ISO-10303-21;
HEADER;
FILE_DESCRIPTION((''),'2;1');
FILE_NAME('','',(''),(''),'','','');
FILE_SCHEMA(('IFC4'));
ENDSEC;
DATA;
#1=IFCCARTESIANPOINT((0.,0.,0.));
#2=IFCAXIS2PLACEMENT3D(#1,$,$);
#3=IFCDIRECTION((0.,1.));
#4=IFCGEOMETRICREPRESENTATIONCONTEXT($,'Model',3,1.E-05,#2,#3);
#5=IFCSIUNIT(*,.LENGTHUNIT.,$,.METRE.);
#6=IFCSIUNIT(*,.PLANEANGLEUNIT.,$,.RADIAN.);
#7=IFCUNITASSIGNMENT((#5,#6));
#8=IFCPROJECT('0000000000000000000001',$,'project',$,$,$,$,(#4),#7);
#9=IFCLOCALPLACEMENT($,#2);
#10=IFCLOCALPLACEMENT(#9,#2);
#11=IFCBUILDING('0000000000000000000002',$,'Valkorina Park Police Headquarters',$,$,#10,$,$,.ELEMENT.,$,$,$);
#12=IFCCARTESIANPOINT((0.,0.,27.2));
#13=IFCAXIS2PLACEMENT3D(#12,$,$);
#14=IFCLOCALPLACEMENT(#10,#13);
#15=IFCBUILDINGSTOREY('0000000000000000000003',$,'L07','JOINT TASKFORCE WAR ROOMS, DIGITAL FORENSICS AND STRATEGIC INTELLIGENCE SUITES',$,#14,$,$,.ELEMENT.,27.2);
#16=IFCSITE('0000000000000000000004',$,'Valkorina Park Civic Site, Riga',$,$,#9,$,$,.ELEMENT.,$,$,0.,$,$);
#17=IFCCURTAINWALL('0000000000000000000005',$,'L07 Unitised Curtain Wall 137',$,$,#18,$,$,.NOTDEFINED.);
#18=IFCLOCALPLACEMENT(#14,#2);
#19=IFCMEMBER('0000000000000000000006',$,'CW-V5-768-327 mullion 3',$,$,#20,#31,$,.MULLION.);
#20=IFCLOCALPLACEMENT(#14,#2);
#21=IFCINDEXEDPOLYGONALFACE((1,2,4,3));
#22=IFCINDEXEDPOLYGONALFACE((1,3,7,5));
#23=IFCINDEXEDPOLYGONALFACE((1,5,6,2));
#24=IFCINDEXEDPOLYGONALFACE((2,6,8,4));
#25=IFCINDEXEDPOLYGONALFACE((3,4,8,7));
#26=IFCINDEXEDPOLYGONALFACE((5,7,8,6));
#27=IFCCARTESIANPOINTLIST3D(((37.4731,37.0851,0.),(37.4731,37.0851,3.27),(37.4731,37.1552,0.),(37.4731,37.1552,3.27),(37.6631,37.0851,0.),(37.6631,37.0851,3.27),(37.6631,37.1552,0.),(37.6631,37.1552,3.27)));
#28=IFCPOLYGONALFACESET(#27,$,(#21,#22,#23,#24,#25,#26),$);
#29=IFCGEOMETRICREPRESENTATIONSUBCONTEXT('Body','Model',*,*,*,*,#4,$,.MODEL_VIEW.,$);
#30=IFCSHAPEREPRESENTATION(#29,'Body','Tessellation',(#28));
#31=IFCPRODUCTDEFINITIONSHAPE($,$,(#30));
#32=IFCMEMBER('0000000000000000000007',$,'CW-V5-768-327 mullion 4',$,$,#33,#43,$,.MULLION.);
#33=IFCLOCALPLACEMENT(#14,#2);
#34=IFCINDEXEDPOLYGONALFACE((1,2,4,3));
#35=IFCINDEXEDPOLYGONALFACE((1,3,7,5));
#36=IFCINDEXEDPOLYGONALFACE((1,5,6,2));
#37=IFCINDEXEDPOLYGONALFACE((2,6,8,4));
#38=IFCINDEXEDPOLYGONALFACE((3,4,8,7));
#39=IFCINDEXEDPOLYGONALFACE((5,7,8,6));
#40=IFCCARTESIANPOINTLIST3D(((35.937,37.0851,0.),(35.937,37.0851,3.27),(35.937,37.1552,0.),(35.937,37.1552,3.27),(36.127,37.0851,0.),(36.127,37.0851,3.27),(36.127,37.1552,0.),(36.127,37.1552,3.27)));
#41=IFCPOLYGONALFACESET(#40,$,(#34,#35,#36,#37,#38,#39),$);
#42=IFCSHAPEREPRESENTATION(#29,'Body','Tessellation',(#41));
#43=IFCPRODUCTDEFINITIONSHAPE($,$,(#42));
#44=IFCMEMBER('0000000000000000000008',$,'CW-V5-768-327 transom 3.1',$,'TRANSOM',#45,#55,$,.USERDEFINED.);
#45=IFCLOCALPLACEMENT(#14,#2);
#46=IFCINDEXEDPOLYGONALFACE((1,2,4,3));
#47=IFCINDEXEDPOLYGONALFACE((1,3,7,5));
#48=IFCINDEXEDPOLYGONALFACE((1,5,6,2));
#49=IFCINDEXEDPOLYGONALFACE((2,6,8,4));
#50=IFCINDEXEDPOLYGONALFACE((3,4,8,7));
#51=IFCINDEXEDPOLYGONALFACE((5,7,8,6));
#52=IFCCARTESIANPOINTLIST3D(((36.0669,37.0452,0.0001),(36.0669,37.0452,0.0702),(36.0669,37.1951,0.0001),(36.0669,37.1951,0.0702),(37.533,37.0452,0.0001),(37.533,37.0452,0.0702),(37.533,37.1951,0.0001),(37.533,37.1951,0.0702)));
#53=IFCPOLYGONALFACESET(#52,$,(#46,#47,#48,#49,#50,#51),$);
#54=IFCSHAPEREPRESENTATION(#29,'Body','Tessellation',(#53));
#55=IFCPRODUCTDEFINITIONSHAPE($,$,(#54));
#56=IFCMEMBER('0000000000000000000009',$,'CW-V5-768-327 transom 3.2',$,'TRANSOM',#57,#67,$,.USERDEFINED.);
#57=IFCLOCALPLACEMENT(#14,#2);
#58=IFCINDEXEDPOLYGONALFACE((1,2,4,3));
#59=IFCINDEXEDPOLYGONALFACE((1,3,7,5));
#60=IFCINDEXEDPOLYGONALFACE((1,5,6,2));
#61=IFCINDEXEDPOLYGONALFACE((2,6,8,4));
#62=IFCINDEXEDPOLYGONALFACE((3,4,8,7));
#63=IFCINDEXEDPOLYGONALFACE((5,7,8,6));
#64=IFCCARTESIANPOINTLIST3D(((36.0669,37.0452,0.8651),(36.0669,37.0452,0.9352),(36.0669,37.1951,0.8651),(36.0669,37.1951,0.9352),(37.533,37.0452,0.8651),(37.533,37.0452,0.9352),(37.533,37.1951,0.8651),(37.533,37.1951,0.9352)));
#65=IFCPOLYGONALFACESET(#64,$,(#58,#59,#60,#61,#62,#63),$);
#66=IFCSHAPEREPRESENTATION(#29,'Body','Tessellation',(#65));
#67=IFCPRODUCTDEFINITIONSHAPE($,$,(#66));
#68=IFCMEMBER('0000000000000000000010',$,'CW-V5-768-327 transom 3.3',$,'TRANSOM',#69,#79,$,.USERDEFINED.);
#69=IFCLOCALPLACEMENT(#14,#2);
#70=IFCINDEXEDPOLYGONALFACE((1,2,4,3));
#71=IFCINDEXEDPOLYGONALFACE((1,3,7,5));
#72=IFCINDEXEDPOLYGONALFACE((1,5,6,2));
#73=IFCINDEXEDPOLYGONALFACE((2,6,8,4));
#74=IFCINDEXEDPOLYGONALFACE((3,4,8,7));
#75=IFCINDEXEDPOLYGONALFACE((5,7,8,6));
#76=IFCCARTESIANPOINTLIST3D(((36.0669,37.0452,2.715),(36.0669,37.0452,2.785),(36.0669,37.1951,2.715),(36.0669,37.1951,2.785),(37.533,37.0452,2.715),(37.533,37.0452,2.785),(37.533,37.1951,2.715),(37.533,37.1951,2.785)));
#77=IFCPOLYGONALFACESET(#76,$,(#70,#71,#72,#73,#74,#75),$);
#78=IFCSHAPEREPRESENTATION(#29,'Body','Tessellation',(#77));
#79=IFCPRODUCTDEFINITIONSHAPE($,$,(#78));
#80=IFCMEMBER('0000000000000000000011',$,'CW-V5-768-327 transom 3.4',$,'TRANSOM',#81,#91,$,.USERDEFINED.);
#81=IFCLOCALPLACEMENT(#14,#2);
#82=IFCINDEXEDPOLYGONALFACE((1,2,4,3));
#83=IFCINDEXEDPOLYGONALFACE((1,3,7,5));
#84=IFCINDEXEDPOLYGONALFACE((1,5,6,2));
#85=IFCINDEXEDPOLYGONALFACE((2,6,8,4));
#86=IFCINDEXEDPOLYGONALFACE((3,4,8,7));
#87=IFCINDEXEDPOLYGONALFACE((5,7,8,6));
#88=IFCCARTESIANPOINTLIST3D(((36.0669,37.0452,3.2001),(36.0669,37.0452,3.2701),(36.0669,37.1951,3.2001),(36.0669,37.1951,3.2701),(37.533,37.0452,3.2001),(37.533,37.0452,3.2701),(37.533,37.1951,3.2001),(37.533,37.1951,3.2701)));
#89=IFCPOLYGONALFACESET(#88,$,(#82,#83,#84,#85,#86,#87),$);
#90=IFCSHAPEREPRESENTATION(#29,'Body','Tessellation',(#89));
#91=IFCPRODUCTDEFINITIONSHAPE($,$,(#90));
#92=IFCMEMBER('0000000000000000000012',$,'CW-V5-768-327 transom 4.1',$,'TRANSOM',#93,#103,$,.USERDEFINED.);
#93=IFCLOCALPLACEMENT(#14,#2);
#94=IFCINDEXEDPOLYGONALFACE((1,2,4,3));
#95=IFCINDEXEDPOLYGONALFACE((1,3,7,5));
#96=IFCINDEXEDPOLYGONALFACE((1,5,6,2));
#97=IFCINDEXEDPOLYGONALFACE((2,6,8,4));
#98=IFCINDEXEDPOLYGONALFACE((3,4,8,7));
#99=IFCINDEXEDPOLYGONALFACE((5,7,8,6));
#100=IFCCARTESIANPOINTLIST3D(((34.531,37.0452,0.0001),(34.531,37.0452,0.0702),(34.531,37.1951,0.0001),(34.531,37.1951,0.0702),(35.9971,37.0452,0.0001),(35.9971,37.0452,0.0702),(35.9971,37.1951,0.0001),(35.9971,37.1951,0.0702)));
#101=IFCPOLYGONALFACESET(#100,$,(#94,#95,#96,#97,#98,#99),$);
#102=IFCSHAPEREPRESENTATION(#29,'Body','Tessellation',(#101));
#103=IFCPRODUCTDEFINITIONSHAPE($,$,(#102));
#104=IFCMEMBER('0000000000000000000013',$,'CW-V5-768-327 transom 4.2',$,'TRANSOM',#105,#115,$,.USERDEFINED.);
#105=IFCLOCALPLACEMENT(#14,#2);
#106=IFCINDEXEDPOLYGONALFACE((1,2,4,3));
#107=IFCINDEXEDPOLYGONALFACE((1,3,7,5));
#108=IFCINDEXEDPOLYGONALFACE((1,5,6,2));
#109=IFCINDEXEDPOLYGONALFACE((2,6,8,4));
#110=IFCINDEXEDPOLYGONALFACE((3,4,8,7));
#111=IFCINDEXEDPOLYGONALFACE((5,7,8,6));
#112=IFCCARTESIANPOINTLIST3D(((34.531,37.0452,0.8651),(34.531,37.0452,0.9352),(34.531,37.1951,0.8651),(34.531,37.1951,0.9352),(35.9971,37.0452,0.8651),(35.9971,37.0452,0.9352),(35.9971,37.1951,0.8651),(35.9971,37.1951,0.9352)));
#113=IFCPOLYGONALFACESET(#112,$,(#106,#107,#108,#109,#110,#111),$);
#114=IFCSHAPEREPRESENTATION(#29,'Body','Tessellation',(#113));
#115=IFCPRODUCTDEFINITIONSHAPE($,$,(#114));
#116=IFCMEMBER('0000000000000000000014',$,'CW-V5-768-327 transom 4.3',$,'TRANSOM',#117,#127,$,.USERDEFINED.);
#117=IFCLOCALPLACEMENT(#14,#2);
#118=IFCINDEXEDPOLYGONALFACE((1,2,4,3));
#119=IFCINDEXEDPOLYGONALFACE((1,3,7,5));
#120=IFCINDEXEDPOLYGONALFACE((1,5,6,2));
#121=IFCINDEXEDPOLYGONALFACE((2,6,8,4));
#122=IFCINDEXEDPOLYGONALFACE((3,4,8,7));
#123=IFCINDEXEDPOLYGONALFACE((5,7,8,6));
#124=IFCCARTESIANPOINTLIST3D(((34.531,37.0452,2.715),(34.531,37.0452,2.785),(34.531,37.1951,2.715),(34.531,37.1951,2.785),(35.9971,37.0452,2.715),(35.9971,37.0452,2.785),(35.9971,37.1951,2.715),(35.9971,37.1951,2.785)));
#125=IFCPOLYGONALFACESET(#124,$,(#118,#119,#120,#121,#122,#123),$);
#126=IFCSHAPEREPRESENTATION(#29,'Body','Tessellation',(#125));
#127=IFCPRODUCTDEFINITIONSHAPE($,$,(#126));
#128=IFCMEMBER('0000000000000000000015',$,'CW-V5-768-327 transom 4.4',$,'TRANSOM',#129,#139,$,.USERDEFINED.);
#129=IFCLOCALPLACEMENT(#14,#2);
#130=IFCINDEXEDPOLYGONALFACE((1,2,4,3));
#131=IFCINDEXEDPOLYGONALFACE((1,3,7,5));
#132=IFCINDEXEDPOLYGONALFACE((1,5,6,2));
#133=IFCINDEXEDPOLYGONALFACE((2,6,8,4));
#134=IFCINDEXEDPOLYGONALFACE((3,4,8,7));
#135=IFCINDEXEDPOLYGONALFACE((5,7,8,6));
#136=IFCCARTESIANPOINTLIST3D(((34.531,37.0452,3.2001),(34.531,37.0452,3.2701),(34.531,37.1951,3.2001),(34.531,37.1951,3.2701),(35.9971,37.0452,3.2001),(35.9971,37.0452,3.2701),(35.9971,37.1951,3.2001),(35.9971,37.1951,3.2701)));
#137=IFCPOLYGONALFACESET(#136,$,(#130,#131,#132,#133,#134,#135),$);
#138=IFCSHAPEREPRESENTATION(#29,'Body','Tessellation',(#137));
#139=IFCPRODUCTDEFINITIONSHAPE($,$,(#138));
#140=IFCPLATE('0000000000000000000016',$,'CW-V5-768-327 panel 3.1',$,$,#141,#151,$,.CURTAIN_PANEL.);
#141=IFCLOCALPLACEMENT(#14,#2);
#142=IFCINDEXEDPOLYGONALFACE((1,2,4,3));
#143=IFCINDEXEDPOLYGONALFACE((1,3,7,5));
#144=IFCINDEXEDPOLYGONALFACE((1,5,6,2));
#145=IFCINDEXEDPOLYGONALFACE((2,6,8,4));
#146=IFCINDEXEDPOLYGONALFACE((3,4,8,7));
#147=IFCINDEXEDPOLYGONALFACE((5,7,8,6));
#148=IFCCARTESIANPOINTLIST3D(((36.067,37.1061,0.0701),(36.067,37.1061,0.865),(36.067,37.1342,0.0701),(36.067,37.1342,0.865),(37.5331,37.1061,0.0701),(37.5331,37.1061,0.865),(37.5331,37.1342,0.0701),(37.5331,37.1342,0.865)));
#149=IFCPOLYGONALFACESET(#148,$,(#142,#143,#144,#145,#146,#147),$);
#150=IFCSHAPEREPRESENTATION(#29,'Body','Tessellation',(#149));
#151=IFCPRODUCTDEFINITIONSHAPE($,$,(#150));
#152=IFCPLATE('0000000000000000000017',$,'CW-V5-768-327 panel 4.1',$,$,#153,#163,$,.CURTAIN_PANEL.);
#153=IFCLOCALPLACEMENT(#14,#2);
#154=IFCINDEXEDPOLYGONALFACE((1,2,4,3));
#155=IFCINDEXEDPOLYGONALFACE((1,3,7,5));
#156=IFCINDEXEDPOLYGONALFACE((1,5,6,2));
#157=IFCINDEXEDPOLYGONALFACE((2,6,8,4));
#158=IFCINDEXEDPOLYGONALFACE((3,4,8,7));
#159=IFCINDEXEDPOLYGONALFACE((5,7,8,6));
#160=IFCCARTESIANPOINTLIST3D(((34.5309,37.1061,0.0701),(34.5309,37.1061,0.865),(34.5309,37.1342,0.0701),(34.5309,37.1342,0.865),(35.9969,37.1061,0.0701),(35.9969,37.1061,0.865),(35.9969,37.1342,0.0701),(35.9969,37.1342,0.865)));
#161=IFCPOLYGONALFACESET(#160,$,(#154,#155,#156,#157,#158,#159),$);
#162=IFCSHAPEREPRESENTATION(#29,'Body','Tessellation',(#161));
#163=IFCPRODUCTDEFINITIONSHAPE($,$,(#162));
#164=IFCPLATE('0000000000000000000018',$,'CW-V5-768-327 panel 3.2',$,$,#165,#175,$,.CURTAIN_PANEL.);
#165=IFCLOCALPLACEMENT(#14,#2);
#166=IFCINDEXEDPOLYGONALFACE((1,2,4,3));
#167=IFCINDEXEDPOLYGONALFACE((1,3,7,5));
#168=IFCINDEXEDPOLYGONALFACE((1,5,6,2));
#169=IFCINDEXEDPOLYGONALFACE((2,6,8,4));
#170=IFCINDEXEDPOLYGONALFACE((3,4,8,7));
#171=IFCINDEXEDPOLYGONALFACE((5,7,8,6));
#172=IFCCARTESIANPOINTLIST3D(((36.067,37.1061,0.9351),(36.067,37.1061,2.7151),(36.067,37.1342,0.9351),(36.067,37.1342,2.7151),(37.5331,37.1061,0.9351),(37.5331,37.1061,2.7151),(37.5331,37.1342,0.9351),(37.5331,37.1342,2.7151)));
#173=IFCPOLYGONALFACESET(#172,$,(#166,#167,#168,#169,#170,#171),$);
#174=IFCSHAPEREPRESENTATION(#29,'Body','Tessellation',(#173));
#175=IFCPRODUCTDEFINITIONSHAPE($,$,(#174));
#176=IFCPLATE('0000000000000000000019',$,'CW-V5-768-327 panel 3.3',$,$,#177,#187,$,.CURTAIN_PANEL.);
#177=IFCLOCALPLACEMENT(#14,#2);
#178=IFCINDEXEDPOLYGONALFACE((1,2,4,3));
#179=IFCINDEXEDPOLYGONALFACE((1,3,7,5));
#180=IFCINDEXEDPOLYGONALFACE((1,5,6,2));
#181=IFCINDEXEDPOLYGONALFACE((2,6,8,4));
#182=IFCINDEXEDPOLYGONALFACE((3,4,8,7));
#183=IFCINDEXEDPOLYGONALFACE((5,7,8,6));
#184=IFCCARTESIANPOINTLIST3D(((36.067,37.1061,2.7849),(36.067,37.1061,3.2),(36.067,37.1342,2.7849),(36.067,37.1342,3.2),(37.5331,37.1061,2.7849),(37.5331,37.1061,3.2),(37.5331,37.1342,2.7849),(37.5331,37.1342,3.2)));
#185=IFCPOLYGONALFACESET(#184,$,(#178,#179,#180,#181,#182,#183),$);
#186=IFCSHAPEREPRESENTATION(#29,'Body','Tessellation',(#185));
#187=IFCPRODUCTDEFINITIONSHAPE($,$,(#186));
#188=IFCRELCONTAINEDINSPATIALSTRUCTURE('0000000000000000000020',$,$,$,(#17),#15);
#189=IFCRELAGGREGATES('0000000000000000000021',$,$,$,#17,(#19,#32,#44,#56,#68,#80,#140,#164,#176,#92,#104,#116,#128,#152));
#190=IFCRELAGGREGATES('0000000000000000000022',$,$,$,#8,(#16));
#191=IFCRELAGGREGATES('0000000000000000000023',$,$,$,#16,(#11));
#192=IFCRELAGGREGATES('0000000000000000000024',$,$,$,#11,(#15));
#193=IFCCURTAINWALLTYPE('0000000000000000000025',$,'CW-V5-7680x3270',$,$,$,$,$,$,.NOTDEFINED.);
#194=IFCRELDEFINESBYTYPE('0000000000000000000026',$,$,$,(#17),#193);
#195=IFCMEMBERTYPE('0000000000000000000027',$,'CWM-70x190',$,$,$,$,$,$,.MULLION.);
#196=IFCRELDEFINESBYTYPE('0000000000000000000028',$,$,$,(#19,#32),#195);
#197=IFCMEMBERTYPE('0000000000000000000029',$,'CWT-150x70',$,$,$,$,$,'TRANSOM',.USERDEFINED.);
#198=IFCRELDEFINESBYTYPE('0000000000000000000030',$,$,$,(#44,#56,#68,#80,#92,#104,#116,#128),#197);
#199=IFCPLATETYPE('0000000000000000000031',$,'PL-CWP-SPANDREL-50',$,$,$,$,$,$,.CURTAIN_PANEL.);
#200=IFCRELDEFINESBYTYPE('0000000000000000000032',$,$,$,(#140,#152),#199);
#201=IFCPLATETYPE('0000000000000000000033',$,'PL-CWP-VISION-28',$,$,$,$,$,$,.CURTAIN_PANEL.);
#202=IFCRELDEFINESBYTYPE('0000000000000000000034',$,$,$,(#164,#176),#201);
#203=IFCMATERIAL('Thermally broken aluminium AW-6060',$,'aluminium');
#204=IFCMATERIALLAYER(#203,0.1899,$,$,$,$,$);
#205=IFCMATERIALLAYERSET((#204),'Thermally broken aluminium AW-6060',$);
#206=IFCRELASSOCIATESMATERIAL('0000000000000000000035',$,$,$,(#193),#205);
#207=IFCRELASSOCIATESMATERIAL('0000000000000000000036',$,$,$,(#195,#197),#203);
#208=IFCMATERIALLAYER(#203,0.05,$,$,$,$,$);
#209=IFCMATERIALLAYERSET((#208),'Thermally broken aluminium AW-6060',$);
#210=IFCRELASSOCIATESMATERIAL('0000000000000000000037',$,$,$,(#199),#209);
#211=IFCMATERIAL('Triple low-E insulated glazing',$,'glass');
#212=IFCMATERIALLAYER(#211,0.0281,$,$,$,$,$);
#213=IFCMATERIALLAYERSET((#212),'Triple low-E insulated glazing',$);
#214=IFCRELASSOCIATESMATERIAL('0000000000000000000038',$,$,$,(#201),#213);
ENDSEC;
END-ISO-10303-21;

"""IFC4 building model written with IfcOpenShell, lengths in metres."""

from ifc_helpers import new_model, si_unit, direction, frame, origin, origin_2d, place, context, subcontext, project, spatial, rectangle, extrude, material, layer, layer_set, material_profile, profile_set, type_object, element, aggregate, save


model = new_model("IFC4")

# Units and contexts
model_context = context("Model", 3, precision=1e-05, world=origin(), true_north=direction((0.0, 1.0)))
body_context = subcontext(model_context, "Body", "Model", "MODEL_VIEW")
ifc_project = project(units=[si_unit("LENGTHUNIT", "METRE"), si_unit("PLANEANGLEUNIT", "RADIAN")], contexts=[model_context])

# Site, building, storey
site_placement = place(None, origin())
site = spatial("IfcSite", under=ifc_project, at=site_placement, Name="Valkorina Park Civic Site, Riga", CompositionType="ELEMENT", RefElevation=0.0)
building_placement = place(site_placement, origin())
building = spatial("IfcBuilding", under=site, at=building_placement, Name="Valkorina Park Police Headquarters", CompositionType="ELEMENT")
storey_placement = place(building_placement, frame((0.0, 0.0, 27.2)))
storey = spatial("IfcBuildingStorey", under=building, at=storey_placement, Name="L07", Description="JOINT TASKFORCE WAR ROOMS, DIGITAL FORENSICS AND STRATEGIC INTELLIGENCE SUITES", CompositionType="ELEMENT", Elevation=27.2)

# Curtain wall, members, plates
ifc_material_1 = material(Name="Thermally broken aluminium AW-6060", Category="aluminium")
ifc_layer_1 = layer(ifc_material_1, 0.1899)
ifc_layer_set_1 = layer_set([ifc_layer_1], Name="Thermally broken aluminium AW-6060")
curtain_wall_type = type_object("IfcCurtainWallType", Name="CW-V5-7680x3270", PredefinedType="NOTDEFINED", material=ifc_layer_set_1)
curtain_wall_placement = place(storey_placement, origin())
curtain_wall = element("IfcCurtainWall", 1, at=curtain_wall_placement, inside=storey, type_object=curtain_wall_type, Name="L07 Unitised Curtain Wall 137", PredefinedType="NOTDEFINED")
ifc_material_profile_1 = material_profile(ifc_material_1, rectangle(XDim=0.0701, YDim=0.1899, at=origin_2d()), Name="CWM-02 70x190")
ifc_profile_set_1 = profile_set([ifc_material_profile_1], Name="Thermally broken aluminium AW-6060")
member_type_1 = type_object("IfcMemberType", Name="CWM-70x190", PredefinedType="MULLION", material=ifc_profile_set_1)
member_1_placement = place(storey_placement, frame((37.5681, 37.1201, 0.0), z_axis=(0.0, 0.0, 1.0), x_axis=(0.0, -1.0, 0.0)))
member_1 = element("IfcMember", 2, at=member_1_placement, type_object=member_type_1, Name="CW-V5-768-327 mullion 3", PredefinedType="MULLION", context=body_context, shape_type="SweptSolid", body=[
    extrude(rectangle(XDim=0.0701, YDim=0.1899, at=origin_2d()), origin(), (0.0, 0.0, 1.0), 3.27),
])
member_2_placement = place(storey_placement, frame((36.032, 37.1201, 0.0), z_axis=(0.0, 0.0, 1.0), x_axis=(0.0, -1.0, 0.0)))
member_2 = element("IfcMember", 3, at=member_2_placement, type_object=member_type_1, Name="CW-V5-768-327 mullion 4", PredefinedType="MULLION", context=body_context, shape_type="SweptSolid", body=[
    extrude(rectangle(XDim=0.0701, YDim=0.1899, at=origin_2d()), origin(), (0.0, 0.0, 1.0), 3.27),
])
ifc_material_profile_2 = material_profile(ifc_material_1, rectangle(XDim=0.1499, YDim=0.0701, at=origin_2d()), Name="CWT-02 150x70")
ifc_profile_set_2 = profile_set([ifc_material_profile_2], Name="Thermally broken aluminium AW-6060")
member_type_2 = type_object("IfcMemberType", Name="CWT-150x70", ElementType="TRANSOM", PredefinedType="USERDEFINED", material=ifc_profile_set_2)
member_3_placement = place(storey_placement, frame((37.533, 37.1201, 0.0352), z_axis=(-1.0, 0.0, 0.0), x_axis=(0.0, -1.0, 0.0)))
member_3 = element("IfcMember", 4, at=member_3_placement, type_object=member_type_2, Name="CW-V5-768-327 transom 3.1", ObjectType="TRANSOM", PredefinedType="USERDEFINED", context=body_context, shape_type="SweptSolid", body=[
    extrude(rectangle(XDim=0.1499, YDim=0.0701, at=origin_2d()), origin(), (0.0, 0.0, 1.0), 1.4661),
])
member_4_placement = place(storey_placement, frame((37.533, 37.1201, 0.9001), z_axis=(-1.0, 0.0, 0.0), x_axis=(0.0, -1.0, 0.0)))
member_4 = element("IfcMember", 5, at=member_4_placement, type_object=member_type_2, Name="CW-V5-768-327 transom 3.2", ObjectType="TRANSOM", PredefinedType="USERDEFINED", context=body_context, shape_type="SweptSolid", body=[
    extrude(rectangle(XDim=0.1499, YDim=0.0701, at=origin_2d()), origin(), (0.0, 0.0, 1.0), 1.4661),
])
member_5_placement = place(storey_placement, frame((37.533, 37.1201, 2.75), z_axis=(-1.0, 0.0, 0.0), x_axis=(0.0, -1.0, 0.0)))
member_5 = element("IfcMember", 6, at=member_5_placement, type_object=member_type_2, Name="CW-V5-768-327 transom 3.3", ObjectType="TRANSOM", PredefinedType="USERDEFINED", context=body_context, shape_type="SweptSolid", body=[
    extrude(rectangle(XDim=0.1499, YDim=0.0701, at=origin_2d()), origin(), (0.0, 0.0, 1.0), 1.4661),
])
member_6_placement = place(storey_placement, frame((37.533, 37.1201, 3.2351), z_axis=(-1.0, 0.0, 0.0), x_axis=(0.0, -1.0, 0.0)))
member_6 = element("IfcMember", 7, at=member_6_placement, type_object=member_type_2, Name="CW-V5-768-327 transom 3.4", ObjectType="TRANSOM", PredefinedType="USERDEFINED", context=body_context, shape_type="SweptSolid", body=[
    extrude(rectangle(XDim=0.1499, YDim=0.0701, at=origin_2d()), origin(), (0.0, 0.0, 1.0), 1.4661),
])
member_7_placement = place(storey_placement, frame((35.9971, 37.1201, 0.0352), z_axis=(-1.0, 0.0, 0.0), x_axis=(0.0, -1.0, 0.0)))
member_7 = element("IfcMember", 8, at=member_7_placement, type_object=member_type_2, Name="CW-V5-768-327 transom 4.1", ObjectType="TRANSOM", PredefinedType="USERDEFINED", context=body_context, shape_type="SweptSolid", body=[
    extrude(rectangle(XDim=0.1499, YDim=0.0701, at=origin_2d()), origin(), (0.0, 0.0, 1.0), 1.4661),
])
member_8_placement = place(storey_placement, frame((35.9971, 37.1201, 0.9001), z_axis=(-1.0, 0.0, 0.0), x_axis=(0.0, -1.0, 0.0)))
member_8 = element("IfcMember", 9, at=member_8_placement, type_object=member_type_2, Name="CW-V5-768-327 transom 4.2", ObjectType="TRANSOM", PredefinedType="USERDEFINED", context=body_context, shape_type="SweptSolid", body=[
    extrude(rectangle(XDim=0.1499, YDim=0.0701, at=origin_2d()), origin(), (0.0, 0.0, 1.0), 1.4661),
])
member_9_placement = place(storey_placement, frame((35.9971, 37.1201, 2.75), z_axis=(-1.0, 0.0, 0.0), x_axis=(0.0, -1.0, 0.0)))
member_9 = element("IfcMember", 10, at=member_9_placement, type_object=member_type_2, Name="CW-V5-768-327 transom 4.3", ObjectType="TRANSOM", PredefinedType="USERDEFINED", context=body_context, shape_type="SweptSolid", body=[
    extrude(rectangle(XDim=0.1499, YDim=0.0701, at=origin_2d()), origin(), (0.0, 0.0, 1.0), 1.4661),
])
member_10_placement = place(storey_placement, frame((35.9971, 37.1201, 3.2351), z_axis=(-1.0, 0.0, 0.0), x_axis=(0.0, -1.0, 0.0)))
member_10 = element("IfcMember", 11, at=member_10_placement, type_object=member_type_2, Name="CW-V5-768-327 transom 4.4", ObjectType="TRANSOM", PredefinedType="USERDEFINED", context=body_context, shape_type="SweptSolid", body=[
    extrude(rectangle(XDim=0.1499, YDim=0.0701, at=origin_2d()), origin(), (0.0, 0.0, 1.0), 1.4661),
])
ifc_layer_2 = layer(ifc_material_1, 0.05)
ifc_layer_set_2 = layer_set([ifc_layer_2], Name="Thermally broken aluminium AW-6060")
plate_type_1 = type_object("IfcPlateType", Name="PL-CWP-SPANDREL-50", PredefinedType="CURTAIN_PANEL", material=ifc_layer_set_2)
plate_1_placement = place(storey_placement, frame((36.8, 37.1201, 0.0701), z_axis=(0.0, 0.0, 1.0), x_axis=(-1.0, 0.0, 0.0)))
plate_1 = element("IfcPlate", 12, at=plate_1_placement, type_object=plate_type_1, Name="CW-V5-768-327 panel 3.1", PredefinedType="CURTAIN_PANEL", context=body_context, shape_type="SweptSolid", body=[
    extrude(rectangle(XDim=1.4661, YDim=0.0281, at=origin_2d()), origin(), (0.0, 0.0, 1.0), 0.7949),
])
plate_2_placement = place(storey_placement, frame((35.2639, 37.1201, 0.0701), z_axis=(0.0, 0.0, 1.0), x_axis=(-1.0, 0.0, 0.0)))
plate_2 = element("IfcPlate", 13, at=plate_2_placement, type_object=plate_type_1, Name="CW-V5-768-327 panel 4.1", PredefinedType="CURTAIN_PANEL", context=body_context, shape_type="SweptSolid", body=[
    extrude(rectangle(XDim=1.4661, YDim=0.0281, at=origin_2d()), origin(), (0.0, 0.0, 1.0), 0.7949),
])
ifc_material_2 = material(Name="Triple low-E insulated glazing", Category="glass")
ifc_layer_3 = layer(ifc_material_2, 0.0281)
ifc_layer_set_3 = layer_set([ifc_layer_3], Name="Triple low-E insulated glazing")
plate_type_2 = type_object("IfcPlateType", Name="PL-CWP-VISION-28", PredefinedType="CURTAIN_PANEL", material=ifc_layer_set_3)
plate_3_placement = place(storey_placement, frame((36.8, 37.1201, 0.9351), z_axis=(0.0, 0.0, 1.0), x_axis=(-1.0, 0.0, 0.0)))
plate_3 = element("IfcPlate", 14, at=plate_3_placement, type_object=plate_type_2, Name="CW-V5-768-327 panel 3.2", PredefinedType="CURTAIN_PANEL", context=body_context, shape_type="SweptSolid", body=[
    extrude(rectangle(XDim=1.4661, YDim=0.0281, at=origin_2d()), origin(), (0.0, 0.0, 1.0), 1.78),
])
plate_4_placement = place(storey_placement, frame((36.8, 37.1201, 2.7849), z_axis=(0.0, 0.0, 1.0), x_axis=(-1.0, 0.0, 0.0)))
plate_4 = element("IfcPlate", 15, at=plate_4_placement, type_object=plate_type_2, Name="CW-V5-768-327 panel 3.3", PredefinedType="CURTAIN_PANEL", context=body_context, shape_type="SweptSolid", body=[
    extrude(rectangle(XDim=1.4661, YDim=0.0281, at=origin_2d()), origin(), (0.0, 0.0, 1.0), 0.415),
])
aggregate(curtain_wall, [member_1, member_2, member_3, member_4, member_5, member_6, plate_1, plate_3, plate_4, member_7, member_8, member_9, member_10, plate_2])

save(model, "model.ifc")
